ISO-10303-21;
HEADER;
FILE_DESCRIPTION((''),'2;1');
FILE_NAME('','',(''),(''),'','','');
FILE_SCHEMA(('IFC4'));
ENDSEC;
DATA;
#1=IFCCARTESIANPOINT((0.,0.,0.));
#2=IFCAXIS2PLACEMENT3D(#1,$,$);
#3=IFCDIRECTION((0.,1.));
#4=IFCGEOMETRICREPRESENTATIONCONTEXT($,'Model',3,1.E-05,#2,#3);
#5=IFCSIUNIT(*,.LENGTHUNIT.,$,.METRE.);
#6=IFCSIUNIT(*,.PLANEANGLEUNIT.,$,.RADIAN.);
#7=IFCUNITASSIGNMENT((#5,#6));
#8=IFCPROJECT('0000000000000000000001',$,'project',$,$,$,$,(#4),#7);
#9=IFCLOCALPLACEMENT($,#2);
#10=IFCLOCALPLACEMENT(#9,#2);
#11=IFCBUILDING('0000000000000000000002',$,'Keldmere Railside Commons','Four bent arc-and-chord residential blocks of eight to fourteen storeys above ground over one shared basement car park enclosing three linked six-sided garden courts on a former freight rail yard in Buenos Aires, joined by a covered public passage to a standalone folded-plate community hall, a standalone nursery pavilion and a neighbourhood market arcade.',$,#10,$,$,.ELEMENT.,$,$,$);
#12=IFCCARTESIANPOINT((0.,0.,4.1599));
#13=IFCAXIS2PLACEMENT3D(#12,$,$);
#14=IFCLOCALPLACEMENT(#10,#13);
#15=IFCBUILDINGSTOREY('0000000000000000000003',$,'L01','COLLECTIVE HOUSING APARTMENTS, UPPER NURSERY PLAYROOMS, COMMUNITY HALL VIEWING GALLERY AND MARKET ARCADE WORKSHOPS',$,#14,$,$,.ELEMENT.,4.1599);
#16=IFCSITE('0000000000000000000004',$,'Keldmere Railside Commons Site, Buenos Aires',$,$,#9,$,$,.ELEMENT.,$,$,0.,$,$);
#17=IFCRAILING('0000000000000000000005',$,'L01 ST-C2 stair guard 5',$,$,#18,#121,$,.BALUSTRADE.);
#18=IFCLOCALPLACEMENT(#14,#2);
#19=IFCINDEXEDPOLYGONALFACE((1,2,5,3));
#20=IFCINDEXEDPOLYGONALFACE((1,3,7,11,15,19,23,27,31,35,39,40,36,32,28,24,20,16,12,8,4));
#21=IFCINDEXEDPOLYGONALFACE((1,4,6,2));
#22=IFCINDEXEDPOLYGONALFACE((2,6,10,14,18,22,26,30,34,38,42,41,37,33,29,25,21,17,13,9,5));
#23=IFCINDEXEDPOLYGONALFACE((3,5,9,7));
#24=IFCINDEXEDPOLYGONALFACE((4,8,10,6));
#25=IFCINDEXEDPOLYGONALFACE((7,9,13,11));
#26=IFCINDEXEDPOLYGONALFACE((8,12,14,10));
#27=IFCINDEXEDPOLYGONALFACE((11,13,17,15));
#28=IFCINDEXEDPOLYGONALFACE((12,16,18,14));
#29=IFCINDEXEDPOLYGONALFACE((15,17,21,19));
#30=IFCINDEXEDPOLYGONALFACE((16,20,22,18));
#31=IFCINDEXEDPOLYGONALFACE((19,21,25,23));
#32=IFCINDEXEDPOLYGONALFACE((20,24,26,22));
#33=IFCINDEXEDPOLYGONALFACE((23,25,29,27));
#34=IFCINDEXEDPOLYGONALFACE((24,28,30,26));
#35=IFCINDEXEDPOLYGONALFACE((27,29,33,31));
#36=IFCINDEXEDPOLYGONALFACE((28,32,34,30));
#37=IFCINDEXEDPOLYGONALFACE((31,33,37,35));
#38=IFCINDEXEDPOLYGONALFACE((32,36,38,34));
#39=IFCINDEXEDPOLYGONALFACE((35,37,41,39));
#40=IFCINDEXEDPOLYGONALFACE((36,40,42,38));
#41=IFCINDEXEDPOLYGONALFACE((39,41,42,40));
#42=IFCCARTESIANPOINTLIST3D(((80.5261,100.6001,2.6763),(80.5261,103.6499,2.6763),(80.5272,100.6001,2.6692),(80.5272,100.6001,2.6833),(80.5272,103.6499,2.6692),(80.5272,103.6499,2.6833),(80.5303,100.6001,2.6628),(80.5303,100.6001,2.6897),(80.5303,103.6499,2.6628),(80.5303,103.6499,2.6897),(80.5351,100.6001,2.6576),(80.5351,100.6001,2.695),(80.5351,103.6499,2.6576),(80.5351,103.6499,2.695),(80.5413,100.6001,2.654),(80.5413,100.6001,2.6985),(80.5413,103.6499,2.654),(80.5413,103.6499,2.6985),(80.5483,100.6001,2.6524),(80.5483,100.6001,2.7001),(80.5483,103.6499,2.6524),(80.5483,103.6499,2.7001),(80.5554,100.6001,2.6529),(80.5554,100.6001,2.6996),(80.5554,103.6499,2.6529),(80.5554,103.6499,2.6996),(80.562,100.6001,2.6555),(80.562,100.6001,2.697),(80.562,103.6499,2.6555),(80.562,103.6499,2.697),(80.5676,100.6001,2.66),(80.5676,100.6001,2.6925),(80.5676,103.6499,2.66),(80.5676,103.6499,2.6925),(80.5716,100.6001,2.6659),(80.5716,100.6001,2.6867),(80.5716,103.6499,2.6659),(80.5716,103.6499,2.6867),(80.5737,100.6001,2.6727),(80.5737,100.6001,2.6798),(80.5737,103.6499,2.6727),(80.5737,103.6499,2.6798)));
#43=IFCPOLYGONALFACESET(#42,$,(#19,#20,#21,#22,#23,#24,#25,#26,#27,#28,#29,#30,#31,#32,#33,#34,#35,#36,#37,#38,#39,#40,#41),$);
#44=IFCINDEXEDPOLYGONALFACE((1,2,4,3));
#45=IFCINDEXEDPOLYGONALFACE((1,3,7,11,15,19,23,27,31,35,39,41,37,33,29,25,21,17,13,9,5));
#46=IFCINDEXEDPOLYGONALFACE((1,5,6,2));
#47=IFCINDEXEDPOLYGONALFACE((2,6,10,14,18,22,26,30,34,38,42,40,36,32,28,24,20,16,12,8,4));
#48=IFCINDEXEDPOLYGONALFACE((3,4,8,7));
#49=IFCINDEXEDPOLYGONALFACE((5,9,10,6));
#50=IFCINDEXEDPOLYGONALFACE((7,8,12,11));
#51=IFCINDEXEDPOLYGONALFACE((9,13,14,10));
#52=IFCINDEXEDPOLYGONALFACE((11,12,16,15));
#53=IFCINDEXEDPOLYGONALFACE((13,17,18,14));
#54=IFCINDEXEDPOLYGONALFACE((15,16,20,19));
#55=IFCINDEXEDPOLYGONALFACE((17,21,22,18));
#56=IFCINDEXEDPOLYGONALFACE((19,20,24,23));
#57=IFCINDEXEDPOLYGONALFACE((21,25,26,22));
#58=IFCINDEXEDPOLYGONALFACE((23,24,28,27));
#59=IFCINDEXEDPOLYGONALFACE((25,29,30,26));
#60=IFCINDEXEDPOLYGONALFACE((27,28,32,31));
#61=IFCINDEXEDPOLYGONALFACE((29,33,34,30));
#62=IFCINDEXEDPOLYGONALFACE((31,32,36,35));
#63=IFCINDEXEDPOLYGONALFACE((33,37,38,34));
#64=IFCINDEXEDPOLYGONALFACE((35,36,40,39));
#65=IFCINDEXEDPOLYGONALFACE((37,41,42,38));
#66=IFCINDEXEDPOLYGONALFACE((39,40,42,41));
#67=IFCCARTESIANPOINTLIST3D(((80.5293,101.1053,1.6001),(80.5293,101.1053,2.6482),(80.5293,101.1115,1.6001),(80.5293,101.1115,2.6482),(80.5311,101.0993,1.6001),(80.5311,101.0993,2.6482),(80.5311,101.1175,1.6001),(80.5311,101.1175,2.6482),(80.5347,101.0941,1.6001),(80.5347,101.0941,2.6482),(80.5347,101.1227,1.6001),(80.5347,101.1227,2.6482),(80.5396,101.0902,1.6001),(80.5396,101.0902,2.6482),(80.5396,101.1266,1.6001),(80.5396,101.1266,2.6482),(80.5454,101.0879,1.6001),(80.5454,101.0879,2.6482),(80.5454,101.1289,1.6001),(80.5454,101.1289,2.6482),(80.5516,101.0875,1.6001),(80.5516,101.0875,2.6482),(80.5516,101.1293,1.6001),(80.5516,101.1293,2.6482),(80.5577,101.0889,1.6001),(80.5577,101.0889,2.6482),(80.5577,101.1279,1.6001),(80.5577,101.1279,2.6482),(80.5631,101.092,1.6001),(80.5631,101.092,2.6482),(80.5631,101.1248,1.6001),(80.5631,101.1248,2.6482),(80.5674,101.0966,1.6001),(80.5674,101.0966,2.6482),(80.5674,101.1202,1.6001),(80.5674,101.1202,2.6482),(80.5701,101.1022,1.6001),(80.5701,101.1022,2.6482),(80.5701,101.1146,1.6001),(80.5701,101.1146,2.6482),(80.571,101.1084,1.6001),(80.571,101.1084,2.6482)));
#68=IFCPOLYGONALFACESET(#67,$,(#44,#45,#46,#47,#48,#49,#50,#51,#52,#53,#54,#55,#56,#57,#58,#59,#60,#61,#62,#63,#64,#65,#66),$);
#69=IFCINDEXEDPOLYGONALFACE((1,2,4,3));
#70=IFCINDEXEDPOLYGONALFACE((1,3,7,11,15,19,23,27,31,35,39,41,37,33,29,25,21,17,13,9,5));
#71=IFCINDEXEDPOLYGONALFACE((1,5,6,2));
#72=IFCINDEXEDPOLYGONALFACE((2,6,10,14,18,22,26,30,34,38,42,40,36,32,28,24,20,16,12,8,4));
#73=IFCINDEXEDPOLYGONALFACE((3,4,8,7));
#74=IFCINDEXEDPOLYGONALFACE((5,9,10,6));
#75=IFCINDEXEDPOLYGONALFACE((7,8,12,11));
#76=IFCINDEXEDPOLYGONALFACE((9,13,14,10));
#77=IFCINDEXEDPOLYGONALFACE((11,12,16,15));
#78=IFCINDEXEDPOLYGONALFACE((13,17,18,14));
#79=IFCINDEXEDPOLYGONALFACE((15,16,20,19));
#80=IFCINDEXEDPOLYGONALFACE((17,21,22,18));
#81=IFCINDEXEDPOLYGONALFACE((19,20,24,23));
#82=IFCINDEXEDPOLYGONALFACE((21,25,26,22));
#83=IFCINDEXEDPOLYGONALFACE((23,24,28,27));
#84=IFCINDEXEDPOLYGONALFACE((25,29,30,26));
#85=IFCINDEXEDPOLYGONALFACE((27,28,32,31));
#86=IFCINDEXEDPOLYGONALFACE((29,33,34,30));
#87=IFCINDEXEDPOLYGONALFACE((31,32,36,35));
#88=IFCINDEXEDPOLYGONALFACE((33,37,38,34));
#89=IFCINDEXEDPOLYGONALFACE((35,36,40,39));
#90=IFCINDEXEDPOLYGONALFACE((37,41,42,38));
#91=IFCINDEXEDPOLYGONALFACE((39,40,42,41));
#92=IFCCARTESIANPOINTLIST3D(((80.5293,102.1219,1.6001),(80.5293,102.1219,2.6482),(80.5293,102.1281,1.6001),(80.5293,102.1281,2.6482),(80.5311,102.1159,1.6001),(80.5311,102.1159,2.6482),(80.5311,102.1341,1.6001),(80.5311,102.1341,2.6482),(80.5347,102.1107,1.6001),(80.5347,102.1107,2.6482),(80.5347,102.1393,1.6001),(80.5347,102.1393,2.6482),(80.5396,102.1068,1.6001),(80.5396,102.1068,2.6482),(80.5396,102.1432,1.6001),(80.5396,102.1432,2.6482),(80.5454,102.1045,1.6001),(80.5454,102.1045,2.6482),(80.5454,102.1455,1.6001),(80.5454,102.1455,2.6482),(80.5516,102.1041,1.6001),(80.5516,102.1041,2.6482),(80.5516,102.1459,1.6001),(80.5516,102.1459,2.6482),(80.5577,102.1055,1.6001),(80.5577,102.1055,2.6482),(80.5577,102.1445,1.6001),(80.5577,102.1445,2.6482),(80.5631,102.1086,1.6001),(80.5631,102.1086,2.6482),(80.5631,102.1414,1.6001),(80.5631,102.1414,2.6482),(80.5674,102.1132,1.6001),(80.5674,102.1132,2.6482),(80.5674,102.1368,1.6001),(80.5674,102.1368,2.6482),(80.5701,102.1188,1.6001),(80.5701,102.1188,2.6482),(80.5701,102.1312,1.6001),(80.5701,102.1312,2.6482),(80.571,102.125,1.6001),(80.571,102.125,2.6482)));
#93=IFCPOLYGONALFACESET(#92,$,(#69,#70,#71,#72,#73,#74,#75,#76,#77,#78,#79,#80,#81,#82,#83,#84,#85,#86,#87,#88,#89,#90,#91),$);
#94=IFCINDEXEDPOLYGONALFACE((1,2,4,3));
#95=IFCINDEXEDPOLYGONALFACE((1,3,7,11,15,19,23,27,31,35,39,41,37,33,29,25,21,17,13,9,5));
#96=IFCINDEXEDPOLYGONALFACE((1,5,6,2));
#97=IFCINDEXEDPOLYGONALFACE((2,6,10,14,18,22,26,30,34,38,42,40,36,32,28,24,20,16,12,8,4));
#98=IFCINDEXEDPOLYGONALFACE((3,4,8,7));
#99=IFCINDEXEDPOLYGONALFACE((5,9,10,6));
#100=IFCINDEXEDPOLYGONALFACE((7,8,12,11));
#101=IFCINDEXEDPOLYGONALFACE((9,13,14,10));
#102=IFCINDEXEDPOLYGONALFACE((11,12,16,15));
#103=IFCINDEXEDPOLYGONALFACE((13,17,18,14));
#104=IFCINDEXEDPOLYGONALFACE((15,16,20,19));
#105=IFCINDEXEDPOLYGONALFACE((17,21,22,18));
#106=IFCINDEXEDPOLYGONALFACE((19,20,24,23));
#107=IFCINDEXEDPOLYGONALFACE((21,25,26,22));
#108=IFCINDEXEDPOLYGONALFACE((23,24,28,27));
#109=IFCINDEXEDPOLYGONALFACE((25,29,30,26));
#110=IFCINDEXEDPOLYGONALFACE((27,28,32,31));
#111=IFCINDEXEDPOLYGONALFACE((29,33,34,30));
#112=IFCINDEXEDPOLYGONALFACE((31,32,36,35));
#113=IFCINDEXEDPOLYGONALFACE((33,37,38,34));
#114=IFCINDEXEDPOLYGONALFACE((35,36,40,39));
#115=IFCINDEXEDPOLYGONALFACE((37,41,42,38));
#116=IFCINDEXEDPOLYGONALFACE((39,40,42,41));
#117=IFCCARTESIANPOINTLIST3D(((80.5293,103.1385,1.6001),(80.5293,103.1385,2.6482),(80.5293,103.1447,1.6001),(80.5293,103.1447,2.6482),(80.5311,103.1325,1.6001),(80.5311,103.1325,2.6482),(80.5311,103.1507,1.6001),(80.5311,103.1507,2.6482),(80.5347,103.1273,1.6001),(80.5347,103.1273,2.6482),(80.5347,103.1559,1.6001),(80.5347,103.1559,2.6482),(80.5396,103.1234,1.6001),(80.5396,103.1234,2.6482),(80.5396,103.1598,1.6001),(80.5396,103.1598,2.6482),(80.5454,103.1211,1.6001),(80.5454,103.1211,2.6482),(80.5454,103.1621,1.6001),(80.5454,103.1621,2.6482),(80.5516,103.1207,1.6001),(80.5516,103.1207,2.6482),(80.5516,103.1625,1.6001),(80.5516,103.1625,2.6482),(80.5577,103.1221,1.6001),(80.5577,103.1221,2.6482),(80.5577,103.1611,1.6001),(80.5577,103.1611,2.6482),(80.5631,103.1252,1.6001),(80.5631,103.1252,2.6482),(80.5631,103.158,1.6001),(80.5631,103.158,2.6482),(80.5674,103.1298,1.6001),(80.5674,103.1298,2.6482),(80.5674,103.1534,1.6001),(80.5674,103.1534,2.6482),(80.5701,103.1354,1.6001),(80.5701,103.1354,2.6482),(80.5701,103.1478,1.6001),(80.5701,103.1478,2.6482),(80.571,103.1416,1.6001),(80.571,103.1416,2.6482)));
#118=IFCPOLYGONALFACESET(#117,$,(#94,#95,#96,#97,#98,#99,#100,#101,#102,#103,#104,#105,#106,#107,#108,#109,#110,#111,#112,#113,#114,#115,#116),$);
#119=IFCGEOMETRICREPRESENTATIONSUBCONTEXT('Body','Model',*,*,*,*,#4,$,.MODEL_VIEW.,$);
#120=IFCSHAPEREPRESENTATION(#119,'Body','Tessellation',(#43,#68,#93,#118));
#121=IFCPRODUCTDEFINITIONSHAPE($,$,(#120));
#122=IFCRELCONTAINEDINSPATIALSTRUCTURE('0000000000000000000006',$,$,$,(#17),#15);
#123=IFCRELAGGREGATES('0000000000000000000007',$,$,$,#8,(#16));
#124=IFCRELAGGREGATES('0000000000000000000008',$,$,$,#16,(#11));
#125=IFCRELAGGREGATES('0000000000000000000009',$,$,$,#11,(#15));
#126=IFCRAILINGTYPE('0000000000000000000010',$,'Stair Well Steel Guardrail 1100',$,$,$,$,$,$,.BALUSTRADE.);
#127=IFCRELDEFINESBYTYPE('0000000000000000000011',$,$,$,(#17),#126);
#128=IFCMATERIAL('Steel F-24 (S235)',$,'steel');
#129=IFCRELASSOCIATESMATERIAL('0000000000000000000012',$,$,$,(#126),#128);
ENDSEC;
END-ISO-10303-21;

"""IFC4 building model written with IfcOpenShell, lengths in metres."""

from ifc_helpers import new_model, si_unit, direction, frame, origin, origin_2d, place, context, subcontext, project, spatial, circle, extrude, material, type_object, element, save


model = new_model("IFC4")

# Units and contexts
model_context = context("Model", 3, precision=1e-05, world=origin(), true_north=direction((0.0, 1.0)))
body_context = subcontext(model_context, "Body", "Model", "MODEL_VIEW")
ifc_project = project(units=[si_unit("LENGTHUNIT", "METRE"), si_unit("PLANEANGLEUNIT", "RADIAN")], contexts=[model_context])

# Site, building, storey
site_placement = place(None, origin())
site = spatial("IfcSite", under=ifc_project, at=site_placement, Name="Keldmere Railside Commons Site, Buenos Aires", CompositionType="ELEMENT", RefElevation=0.0)
building_placement = place(site_placement, origin())
building = spatial("IfcBuilding", under=site, at=building_placement, Name="Keldmere Railside Commons", Description="Four bent arc-and-chord residential blocks of eight to fourteen storeys above ground over one shared basement car park enclosing three linked six-sided garden courts on a former freight rail yard in Buenos Aires, joined by a covered public passage to a standalone folded-plate community hall, a standalone nursery pavilion and a neighbourhood market arcade.", CompositionType="ELEMENT")
storey_placement = place(building_placement, frame((0.0, 0.0, 4.1599)))
storey = spatial("IfcBuildingStorey", under=building, at=storey_placement, Name="L01", Description="COLLECTIVE HOUSING APARTMENTS, UPPER NURSERY PLAYROOMS, COMMUNITY HALL VIEWING GALLERY AND MARKET ARCADE WORKSHOPS", CompositionType="ELEMENT", Elevation=4.1599)

# Railing
ifc_material_1 = material(Name="Steel F-24 (S235)", Category="steel")
railing_type_1 = type_object("IfcRailingType", Name="Stair Well Steel Guardrail 1100", PredefinedType="BALUSTRADE", material=ifc_material_1)
railing_1_placement = place(storey_placement, frame((80.55, 100.6001, 1.6001)))
element("IfcRailing", 1, at=railing_1_placement, inside=storey, type_object=railing_type_1, Name="L01 ST-C2 stair guard 5", PredefinedType="BALUSTRADE", context=body_context, shape_type="SweptSolid", body=[
    extrude(circle(Radius=0.0239, at=origin_2d()), frame((0.0, 0.0, 1.0762), z_axis=(0.0, 1.0, 0.0), x_axis=(-1.0, 0.0, 0.0)), (0.0, 0.0, 1.0), 3.0498),
    extrude(circle(Radius=0.021, at=origin_2d()), frame((0.0, 0.5083, 0.0)), (0.0, 0.0, 1.0), 1.0481),
    extrude(circle(Radius=0.021, at=origin_2d()), frame((0.0, 1.5249, 0.0)), (0.0, 0.0, 1.0), 1.0481),
    extrude(circle(Radius=0.021, at=origin_2d()), frame((0.0, 2.5415, 0.0)), (0.0, 0.0, 1.0), 1.0481),
])

save(model, "model.ifc")
